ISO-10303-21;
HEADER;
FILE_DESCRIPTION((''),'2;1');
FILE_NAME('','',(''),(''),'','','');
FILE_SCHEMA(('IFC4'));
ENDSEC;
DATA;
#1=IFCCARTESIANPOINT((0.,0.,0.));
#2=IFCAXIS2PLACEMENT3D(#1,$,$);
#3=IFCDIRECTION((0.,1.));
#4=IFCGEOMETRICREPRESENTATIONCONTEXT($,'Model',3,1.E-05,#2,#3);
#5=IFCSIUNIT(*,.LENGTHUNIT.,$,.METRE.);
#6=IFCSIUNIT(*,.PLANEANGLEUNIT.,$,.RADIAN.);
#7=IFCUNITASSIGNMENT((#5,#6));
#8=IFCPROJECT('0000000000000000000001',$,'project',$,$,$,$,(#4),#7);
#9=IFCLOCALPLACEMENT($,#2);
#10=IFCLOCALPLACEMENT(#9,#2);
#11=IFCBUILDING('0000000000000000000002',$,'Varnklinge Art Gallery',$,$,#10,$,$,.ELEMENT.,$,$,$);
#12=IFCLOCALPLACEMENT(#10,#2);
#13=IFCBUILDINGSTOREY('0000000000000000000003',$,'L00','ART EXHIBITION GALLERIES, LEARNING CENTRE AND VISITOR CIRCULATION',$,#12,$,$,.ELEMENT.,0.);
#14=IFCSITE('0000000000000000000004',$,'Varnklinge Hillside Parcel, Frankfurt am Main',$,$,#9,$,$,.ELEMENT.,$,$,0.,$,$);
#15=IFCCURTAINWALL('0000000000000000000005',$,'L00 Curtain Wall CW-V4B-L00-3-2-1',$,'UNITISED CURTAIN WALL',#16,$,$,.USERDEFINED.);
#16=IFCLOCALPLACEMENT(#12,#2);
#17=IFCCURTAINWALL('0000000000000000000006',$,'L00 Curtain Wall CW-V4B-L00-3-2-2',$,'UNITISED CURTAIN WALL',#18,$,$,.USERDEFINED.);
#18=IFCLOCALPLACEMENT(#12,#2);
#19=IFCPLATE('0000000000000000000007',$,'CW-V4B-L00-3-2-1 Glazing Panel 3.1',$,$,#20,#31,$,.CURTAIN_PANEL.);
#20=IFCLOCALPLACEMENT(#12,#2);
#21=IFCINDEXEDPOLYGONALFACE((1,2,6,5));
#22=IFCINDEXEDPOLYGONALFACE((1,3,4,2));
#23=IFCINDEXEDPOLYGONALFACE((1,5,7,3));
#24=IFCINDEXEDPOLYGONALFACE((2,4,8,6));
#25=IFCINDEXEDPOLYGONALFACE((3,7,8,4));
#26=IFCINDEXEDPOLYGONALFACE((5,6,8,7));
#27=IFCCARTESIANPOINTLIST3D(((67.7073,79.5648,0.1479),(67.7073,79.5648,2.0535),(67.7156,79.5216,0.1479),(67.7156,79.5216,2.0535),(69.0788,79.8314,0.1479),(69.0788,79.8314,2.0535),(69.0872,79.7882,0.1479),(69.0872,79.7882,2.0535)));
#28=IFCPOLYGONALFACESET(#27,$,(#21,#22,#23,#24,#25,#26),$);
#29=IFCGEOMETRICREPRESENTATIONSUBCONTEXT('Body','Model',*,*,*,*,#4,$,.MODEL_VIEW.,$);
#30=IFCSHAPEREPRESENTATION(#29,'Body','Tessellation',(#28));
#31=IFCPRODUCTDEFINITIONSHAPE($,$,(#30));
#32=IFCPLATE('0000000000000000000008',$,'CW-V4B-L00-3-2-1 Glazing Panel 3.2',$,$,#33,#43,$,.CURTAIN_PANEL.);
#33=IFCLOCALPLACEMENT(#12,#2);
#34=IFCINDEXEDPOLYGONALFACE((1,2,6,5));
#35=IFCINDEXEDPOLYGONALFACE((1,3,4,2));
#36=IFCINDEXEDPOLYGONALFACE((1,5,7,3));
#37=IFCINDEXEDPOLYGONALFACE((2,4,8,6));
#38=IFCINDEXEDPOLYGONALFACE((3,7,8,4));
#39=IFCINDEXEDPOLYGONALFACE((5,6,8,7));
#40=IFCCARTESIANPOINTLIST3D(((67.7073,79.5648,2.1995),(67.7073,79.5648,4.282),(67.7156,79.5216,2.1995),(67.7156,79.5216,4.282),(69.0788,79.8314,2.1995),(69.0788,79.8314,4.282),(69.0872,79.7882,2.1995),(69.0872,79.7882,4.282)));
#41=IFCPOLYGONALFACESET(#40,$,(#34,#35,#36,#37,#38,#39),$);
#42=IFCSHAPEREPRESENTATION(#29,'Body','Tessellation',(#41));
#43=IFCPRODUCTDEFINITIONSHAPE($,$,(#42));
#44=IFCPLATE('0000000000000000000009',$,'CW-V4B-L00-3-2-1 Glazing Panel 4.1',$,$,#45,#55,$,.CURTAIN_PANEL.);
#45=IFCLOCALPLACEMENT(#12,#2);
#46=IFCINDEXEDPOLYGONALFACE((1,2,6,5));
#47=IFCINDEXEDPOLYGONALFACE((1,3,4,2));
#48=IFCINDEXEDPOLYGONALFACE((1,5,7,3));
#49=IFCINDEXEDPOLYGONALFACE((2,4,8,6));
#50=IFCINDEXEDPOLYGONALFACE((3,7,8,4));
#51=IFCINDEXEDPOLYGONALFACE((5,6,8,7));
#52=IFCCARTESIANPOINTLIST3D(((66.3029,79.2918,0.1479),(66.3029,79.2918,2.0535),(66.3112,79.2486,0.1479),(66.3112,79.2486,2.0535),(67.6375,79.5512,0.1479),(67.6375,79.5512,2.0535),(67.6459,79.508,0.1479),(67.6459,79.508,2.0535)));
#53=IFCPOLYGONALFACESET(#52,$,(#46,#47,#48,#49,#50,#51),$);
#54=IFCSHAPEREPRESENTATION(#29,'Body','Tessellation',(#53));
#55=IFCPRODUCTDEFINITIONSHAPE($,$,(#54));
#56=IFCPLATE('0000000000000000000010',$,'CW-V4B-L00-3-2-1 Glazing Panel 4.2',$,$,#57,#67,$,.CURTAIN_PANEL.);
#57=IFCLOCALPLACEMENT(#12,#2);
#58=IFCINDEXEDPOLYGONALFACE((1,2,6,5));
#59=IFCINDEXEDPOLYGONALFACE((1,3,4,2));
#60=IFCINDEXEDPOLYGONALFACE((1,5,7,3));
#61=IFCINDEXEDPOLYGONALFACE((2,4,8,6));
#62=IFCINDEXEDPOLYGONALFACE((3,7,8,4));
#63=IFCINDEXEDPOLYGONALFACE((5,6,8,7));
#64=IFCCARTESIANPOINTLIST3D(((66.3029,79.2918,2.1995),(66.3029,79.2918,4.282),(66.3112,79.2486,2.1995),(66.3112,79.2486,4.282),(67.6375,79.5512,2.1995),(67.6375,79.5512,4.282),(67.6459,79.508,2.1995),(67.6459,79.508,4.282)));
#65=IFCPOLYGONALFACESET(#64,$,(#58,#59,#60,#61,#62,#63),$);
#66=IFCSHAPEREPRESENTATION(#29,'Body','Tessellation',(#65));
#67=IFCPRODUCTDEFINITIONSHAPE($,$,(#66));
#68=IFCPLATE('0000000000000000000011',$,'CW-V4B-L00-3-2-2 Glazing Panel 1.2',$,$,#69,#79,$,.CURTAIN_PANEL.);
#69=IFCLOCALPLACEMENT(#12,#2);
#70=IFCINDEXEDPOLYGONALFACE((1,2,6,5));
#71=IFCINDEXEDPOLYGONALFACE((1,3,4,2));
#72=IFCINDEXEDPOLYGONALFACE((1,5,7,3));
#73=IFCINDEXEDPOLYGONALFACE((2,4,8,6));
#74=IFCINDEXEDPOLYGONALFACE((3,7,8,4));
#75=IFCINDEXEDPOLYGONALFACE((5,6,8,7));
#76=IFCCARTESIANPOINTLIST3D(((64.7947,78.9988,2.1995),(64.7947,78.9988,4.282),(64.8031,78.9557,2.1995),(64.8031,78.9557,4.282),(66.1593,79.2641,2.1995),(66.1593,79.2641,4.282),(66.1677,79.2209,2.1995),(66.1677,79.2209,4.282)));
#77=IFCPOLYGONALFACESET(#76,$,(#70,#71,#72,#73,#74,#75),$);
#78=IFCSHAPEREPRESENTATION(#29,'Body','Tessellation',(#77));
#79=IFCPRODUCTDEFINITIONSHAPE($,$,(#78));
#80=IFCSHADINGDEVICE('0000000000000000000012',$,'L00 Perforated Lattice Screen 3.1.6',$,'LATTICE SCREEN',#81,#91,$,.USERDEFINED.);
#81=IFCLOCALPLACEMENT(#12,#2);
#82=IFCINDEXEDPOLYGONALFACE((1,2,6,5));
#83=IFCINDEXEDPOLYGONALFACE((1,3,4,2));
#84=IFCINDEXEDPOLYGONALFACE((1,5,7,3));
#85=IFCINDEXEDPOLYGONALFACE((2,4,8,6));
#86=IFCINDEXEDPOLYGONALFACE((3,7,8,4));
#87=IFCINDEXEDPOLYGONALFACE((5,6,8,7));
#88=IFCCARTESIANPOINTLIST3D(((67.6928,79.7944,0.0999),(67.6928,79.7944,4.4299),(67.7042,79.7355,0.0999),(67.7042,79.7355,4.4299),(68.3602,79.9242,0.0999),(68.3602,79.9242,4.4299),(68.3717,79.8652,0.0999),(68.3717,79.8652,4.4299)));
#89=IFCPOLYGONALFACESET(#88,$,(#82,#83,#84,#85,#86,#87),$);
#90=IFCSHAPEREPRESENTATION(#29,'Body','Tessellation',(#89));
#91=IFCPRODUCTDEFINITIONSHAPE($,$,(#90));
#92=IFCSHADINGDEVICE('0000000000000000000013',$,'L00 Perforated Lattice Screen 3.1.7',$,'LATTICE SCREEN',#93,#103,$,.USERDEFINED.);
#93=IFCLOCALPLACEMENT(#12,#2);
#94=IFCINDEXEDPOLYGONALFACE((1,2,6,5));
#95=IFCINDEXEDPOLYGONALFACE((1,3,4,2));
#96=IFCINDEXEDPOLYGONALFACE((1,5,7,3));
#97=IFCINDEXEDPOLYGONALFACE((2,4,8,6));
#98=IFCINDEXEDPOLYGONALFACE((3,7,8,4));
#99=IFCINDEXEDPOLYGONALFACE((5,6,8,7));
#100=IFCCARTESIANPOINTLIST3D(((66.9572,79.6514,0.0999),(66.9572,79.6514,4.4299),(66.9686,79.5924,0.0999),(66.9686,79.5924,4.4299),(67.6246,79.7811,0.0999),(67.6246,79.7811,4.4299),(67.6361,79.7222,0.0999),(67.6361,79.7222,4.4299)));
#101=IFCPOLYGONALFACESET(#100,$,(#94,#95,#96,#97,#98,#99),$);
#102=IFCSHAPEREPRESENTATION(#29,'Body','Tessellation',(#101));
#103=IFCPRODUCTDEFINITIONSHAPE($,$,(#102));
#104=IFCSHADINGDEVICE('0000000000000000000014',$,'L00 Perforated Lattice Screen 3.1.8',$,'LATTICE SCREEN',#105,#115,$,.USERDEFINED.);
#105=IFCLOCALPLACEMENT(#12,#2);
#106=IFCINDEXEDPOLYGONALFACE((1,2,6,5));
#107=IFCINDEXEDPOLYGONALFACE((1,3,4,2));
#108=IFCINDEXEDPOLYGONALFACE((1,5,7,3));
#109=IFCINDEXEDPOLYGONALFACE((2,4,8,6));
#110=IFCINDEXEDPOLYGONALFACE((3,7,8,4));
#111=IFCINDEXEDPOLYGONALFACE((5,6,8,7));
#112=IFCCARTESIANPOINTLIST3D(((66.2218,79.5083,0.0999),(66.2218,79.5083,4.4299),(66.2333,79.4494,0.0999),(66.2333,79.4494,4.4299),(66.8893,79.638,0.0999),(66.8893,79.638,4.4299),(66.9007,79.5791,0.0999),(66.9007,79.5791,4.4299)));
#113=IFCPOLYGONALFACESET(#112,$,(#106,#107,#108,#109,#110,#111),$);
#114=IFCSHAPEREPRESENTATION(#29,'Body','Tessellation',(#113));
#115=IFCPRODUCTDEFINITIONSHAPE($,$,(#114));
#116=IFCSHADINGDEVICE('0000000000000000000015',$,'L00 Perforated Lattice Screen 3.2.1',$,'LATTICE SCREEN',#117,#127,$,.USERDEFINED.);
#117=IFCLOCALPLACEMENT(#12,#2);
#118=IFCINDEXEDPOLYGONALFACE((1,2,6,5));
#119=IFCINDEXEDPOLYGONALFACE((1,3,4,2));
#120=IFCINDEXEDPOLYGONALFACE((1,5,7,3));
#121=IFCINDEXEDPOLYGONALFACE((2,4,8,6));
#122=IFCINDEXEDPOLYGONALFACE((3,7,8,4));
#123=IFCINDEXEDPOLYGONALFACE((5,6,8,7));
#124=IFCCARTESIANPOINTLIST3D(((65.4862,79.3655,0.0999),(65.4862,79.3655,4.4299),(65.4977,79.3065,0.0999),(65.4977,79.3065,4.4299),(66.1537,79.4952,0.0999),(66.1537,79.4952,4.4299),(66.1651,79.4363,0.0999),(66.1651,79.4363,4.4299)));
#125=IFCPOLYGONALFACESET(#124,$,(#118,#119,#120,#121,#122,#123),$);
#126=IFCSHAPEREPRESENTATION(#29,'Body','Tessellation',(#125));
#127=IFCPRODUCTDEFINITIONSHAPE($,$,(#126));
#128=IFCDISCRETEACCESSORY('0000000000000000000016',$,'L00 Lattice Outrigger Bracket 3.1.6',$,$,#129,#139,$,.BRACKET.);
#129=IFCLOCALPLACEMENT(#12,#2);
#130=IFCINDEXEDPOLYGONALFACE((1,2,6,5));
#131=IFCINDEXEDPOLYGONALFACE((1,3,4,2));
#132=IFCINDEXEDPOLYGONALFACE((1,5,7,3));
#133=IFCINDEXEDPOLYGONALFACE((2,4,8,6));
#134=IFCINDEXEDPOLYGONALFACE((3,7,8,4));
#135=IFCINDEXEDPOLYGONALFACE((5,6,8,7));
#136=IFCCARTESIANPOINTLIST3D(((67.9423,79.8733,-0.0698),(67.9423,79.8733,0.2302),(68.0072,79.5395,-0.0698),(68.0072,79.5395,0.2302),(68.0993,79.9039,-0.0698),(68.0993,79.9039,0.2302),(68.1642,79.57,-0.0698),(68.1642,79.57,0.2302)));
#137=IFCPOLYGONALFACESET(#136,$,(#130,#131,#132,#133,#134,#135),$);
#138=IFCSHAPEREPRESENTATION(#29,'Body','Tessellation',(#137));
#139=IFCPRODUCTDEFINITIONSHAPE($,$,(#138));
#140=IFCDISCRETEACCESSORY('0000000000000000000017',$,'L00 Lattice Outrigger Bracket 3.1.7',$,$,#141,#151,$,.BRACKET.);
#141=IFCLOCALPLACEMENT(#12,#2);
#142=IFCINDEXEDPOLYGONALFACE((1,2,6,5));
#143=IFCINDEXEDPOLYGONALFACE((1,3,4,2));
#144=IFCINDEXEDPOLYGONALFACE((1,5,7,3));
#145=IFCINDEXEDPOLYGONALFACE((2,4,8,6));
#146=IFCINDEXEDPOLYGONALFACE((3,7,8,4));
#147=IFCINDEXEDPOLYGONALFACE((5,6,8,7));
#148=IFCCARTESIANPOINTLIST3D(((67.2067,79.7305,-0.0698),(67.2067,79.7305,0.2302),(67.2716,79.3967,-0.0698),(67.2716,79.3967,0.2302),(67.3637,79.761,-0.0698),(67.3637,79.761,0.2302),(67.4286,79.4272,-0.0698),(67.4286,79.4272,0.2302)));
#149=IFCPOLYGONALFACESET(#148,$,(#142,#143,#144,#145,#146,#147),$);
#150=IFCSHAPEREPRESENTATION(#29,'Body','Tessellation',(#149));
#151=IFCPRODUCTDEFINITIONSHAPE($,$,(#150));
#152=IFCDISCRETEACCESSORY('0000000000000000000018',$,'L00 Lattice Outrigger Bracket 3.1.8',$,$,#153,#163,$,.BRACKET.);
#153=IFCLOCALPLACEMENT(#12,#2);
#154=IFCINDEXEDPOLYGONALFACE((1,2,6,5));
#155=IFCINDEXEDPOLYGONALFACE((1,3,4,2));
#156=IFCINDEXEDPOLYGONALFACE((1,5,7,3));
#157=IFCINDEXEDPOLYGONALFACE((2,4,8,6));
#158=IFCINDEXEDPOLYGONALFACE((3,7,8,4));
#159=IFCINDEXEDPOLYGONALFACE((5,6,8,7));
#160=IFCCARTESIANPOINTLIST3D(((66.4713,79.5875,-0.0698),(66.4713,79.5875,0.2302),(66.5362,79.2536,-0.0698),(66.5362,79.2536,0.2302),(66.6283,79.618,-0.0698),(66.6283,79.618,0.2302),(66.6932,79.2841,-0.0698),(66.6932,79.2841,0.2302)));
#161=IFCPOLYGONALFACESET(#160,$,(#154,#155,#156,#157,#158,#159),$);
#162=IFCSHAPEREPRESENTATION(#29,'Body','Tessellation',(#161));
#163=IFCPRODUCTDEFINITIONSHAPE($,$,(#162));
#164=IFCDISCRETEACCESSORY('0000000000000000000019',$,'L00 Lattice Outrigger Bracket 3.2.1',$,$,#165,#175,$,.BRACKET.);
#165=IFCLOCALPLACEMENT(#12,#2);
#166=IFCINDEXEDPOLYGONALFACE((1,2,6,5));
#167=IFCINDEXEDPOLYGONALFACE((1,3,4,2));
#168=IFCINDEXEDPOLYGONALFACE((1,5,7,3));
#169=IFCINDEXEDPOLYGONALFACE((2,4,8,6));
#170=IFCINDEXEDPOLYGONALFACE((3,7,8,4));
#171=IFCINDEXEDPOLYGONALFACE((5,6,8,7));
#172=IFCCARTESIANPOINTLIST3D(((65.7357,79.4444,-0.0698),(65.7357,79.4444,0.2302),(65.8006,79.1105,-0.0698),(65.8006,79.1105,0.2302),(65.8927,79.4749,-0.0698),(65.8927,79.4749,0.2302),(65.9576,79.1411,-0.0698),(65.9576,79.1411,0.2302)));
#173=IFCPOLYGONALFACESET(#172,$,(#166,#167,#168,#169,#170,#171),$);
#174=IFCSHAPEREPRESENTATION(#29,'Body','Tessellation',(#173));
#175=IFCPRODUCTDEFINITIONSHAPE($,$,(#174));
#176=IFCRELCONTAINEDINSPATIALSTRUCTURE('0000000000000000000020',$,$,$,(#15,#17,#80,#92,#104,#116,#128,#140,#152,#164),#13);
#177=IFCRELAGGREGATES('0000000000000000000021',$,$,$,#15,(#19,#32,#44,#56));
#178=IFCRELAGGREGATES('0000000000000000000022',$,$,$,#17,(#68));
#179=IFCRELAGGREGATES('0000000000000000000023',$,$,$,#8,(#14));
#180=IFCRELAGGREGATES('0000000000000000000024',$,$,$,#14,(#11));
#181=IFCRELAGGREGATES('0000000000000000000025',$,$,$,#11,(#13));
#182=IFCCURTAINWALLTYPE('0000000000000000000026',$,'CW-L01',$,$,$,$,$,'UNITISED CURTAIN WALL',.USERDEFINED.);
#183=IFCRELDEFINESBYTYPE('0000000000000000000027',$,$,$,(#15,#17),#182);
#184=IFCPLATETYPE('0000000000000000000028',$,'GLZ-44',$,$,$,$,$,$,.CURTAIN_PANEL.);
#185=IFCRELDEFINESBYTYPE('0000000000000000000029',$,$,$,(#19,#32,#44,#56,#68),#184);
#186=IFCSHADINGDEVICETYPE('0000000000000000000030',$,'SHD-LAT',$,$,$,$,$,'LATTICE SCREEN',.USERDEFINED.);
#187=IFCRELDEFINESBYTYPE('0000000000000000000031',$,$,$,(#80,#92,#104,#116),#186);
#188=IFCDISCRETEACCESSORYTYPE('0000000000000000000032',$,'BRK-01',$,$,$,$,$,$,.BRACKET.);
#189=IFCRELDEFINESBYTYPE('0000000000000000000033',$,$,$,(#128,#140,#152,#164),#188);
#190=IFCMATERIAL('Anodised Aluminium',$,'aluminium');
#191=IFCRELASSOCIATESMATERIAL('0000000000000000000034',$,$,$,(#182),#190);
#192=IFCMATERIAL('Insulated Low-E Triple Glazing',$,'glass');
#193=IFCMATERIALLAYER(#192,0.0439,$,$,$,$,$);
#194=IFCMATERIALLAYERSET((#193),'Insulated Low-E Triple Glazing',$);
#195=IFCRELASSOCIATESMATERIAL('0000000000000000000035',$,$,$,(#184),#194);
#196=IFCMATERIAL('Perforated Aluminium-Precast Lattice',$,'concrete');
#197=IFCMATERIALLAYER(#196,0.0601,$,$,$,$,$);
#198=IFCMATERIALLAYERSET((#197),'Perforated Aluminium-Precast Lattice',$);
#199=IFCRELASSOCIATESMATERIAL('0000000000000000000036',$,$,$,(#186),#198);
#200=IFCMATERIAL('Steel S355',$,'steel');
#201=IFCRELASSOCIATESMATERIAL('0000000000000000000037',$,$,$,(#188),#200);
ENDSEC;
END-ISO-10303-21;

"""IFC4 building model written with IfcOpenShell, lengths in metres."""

from ifc_helpers import new_model, si_unit, direction, frame, origin, origin_2d, place, context, subcontext, project, spatial, rectangle, extrude, material, layer, layer_set, type_object, element, aggregate, save


model = new_model("IFC4")

# Units and contexts
model_context = context("Model", 3, precision=1e-05, world=origin(), true_north=direction((0.0, 1.0)))
body_context = subcontext(model_context, "Body", "Model", "MODEL_VIEW")
ifc_project = project(units=[si_unit("LENGTHUNIT", "METRE"), si_unit("PLANEANGLEUNIT", "RADIAN")], contexts=[model_context])

# Site, building, storey
site_placement = place(None, origin())
site = spatial("IfcSite", under=ifc_project, at=site_placement, Name="Varnklinge Hillside Parcel, Frankfurt am Main", CompositionType="ELEMENT", RefElevation=0.0)
building_placement = place(site_placement, origin())
building = spatial("IfcBuilding", under=site, at=building_placement, Name="Varnklinge Art Gallery", CompositionType="ELEMENT")
storey_placement = place(building_placement, origin())
storey = spatial("IfcBuildingStorey", under=building, at=storey_placement, Name="L00", Description="ART EXHIBITION GALLERIES, LEARNING CENTRE AND VISITOR CIRCULATION", CompositionType="ELEMENT", Elevation=0.0)

# Curtain wall
ifc_material_1 = material(Name="Anodised Aluminium", Category="aluminium")
curtain_wall_type = type_object("IfcCurtainWallType", Name="CW-L01", ElementType="UNITISED CURTAIN WALL", PredefinedType="USERDEFINED", material=ifc_material_1)
curtain_wall_1_placement = place(storey_placement, origin())
curtain_wall_1 = element("IfcCurtainWall", 1, at=curtain_wall_1_placement, inside=storey, type_object=curtain_wall_type, Name="L00 Curtain Wall CW-V4B-L00-3-2-1", ObjectType="UNITISED CURTAIN WALL", PredefinedType="USERDEFINED")

# Curtain wall
curtain_wall_2_placement = place(storey_placement, origin())
curtain_wall_2 = element("IfcCurtainWall", 2, at=curtain_wall_2_placement, inside=storey, type_object=curtain_wall_type, Name="L00 Curtain Wall CW-V4B-L00-3-2-2", ObjectType="UNITISED CURTAIN WALL", PredefinedType="USERDEFINED")

# Plates
ifc_material_2 = material(Name="Insulated Low-E Triple Glazing", Category="glass")
ifc_layer_1 = layer(ifc_material_2, 0.0439)
ifc_layer_set_1 = layer_set([ifc_layer_1], Name="Insulated Low-E Triple Glazing")
plate_type = type_object("IfcPlateType", Name="GLZ-44", PredefinedType="CURTAIN_PANEL", material=ifc_layer_set_1)
plate_1_placement = place(storey_placement, frame((68.3972, 79.6765, 0.1479), z_axis=(0.0, 0.0, 1.0), x_axis=(-0.981627, -0.190809, 0.0)))
plate_1 = element("IfcPlate", 3, at=plate_1_placement, type_object=plate_type, Name="CW-V4B-L00-3-2-1 Glazing Panel 3.1", PredefinedType="CURTAIN_PANEL", context=body_context, shape_type="SweptSolid", body=[
    extrude(rectangle(XDim=1.3972, YDim=0.0439, at=origin_2d()), origin(), (0.0, 0.0, 1.0), 1.9055),
])
plate_2_placement = place(storey_placement, frame((68.3972, 79.6765, 2.1995), z_axis=(0.0, 0.0, 1.0), x_axis=(-0.981627, -0.190809, 0.0)))
plate_2 = element("IfcPlate", 4, at=plate_2_placement, type_object=plate_type, Name="CW-V4B-L00-3-2-1 Glazing Panel 3.2", PredefinedType="CURTAIN_PANEL", context=body_context, shape_type="SweptSolid", body=[
    extrude(rectangle(XDim=1.3972, YDim=0.0439, at=origin_2d()), origin(), (0.0, 0.0, 1.0), 2.0825),
])
plate_3_placement = place(storey_placement, frame((66.9744, 79.3999, 0.1479), z_axis=(0.0, 0.0, 1.0), x_axis=(-0.981627, -0.190809, 0.0)))
plate_3 = element("IfcPlate", 5, at=plate_3_placement, type_object=plate_type, Name="CW-V4B-L00-3-2-1 Glazing Panel 4.1", PredefinedType="CURTAIN_PANEL", context=body_context, shape_type="SweptSolid", body=[
    extrude(rectangle(XDim=1.3596, YDim=0.0439, at=origin_2d()), origin(), (0.0, 0.0, 1.0), 1.9055),
])
plate_4_placement = place(storey_placement, frame((66.9744, 79.3999, 2.1995), z_axis=(0.0, 0.0, 1.0), x_axis=(-0.981627, -0.190809, 0.0)))
plate_4 = element("IfcPlate", 6, at=plate_4_placement, type_object=plate_type, Name="CW-V4B-L00-3-2-1 Glazing Panel 4.2", PredefinedType="CURTAIN_PANEL", context=body_context, shape_type="SweptSolid", body=[
    extrude(rectangle(XDim=1.3596, YDim=0.0439, at=origin_2d()), origin(), (0.0, 0.0, 1.0), 2.0825),
])
aggregate(curtain_wall_1, [plate_1, plate_2, plate_3, plate_4])
plate_5_placement = place(storey_placement, frame((65.4812, 79.1099, 2.1995), z_axis=(0.0, 0.0, 1.0), x_axis=(-0.981627, -0.190809, 0.0)))
plate_5 = element("IfcPlate", 7, at=plate_5_placement, type_object=plate_type, Name="CW-V4B-L00-3-2-2 Glazing Panel 1.2", PredefinedType="CURTAIN_PANEL", context=body_context, shape_type="SweptSolid", body=[
    extrude(rectangle(XDim=1.3901, YDim=0.0439, at=origin_2d()), origin(), (0.0, 0.0, 1.0), 2.0825),
])
aggregate(curtain_wall_2, [plate_5])

# Shading devices
ifc_material_3 = material(Name="Perforated Aluminium-Precast Lattice", Category="concrete")
ifc_layer_2 = layer(ifc_material_3, 0.0601)
ifc_layer_set_2 = layer_set([ifc_layer_2], Name="Perforated Aluminium-Precast Lattice")
shading_device_type = type_object("IfcShadingDeviceType", Name="SHD-LAT", ElementType="LATTICE SCREEN", PredefinedType="USERDEFINED", material=ifc_layer_set_2)
for number, where, z_axis, x_axis, name in (
    (8, (68.0322, 79.8298, 0.0999), (0.0, 0.0, 1.0), (-0.981627, -0.190809, 0.0), "L00 Perforated Lattice Screen 3.1.6"),
    (9, (67.2966, 79.6868, 0.0999), (0.0, 0.0, 1.0), (-0.981627, -0.190809, 0.0), "L00 Perforated Lattice Screen 3.1.7"),
    (10, (66.5613, 79.5437, 0.0999), (0.0, 0.0, 1.0), (-0.981627, -0.190809, 0.0), "L00 Perforated Lattice Screen 3.1.8"),
    (11, (65.8257, 79.4009, 0.0999), (0.0, 0.0, 1.0), (-0.981627, -0.190809, 0.0), "L00 Perforated Lattice Screen 3.2.1"),
):
    element("IfcShadingDevice", number, at=place(storey_placement, frame(where, z_axis=z_axis, x_axis=x_axis)), inside=storey, type_object=shading_device_type, Name=name, ObjectType="LATTICE SCREEN", PredefinedType="USERDEFINED", context=body_context, shape_type="SweptSolid", body=[
        extrude(rectangle(XDim=0.6799, YDim=0.0601, at=origin_2d()), origin(), (0.0, 0.0, 1.0), 4.3301),
    ])

# Discrete accessories
ifc_material_4 = material(Name="Steel S355", Category="steel")
discrete_accessory_type = type_object("IfcDiscreteAccessoryType", Name="BRK-01", PredefinedType="BRACKET", material=ifc_material_4)
for number, where, z_axis, x_axis, name in (
    (12, (68.0532, 79.7217, -0.0698), (0.0, 0.0, 1.0), (-0.981627, -0.190809, 0.0), "L00 Lattice Outrigger Bracket 3.1.6"),
    (13, (67.3176, 79.5789, -0.0698), (0.0, 0.0, 1.0), (-0.981627, -0.190809, 0.0), "L00 Lattice Outrigger Bracket 3.1.7"),
    (14, (66.5823, 79.4358, -0.0698), (0.0, 0.0, 1.0), (-0.981627, -0.190809, 0.0), "L00 Lattice Outrigger Bracket 3.1.8"),
    (15, (65.8467, 79.2927, -0.0698), (0.0, 0.0, 1.0), (-0.981627, -0.190809, 0.0), "L00 Lattice Outrigger Bracket 3.2.1"),
):
    element("IfcDiscreteAccessory", number, at=place(storey_placement, frame(where, z_axis=z_axis, x_axis=x_axis)), inside=storey, type_object=discrete_accessory_type, Name=name, PredefinedType="BRACKET", context=body_context, shape_type="SweptSolid", body=[
        extrude(rectangle(XDim=0.1599, YDim=0.3401, at=origin_2d()), origin(), (0.0, 0.0, 1.0), 0.3),
    ])

save(model, "model.ifc")
